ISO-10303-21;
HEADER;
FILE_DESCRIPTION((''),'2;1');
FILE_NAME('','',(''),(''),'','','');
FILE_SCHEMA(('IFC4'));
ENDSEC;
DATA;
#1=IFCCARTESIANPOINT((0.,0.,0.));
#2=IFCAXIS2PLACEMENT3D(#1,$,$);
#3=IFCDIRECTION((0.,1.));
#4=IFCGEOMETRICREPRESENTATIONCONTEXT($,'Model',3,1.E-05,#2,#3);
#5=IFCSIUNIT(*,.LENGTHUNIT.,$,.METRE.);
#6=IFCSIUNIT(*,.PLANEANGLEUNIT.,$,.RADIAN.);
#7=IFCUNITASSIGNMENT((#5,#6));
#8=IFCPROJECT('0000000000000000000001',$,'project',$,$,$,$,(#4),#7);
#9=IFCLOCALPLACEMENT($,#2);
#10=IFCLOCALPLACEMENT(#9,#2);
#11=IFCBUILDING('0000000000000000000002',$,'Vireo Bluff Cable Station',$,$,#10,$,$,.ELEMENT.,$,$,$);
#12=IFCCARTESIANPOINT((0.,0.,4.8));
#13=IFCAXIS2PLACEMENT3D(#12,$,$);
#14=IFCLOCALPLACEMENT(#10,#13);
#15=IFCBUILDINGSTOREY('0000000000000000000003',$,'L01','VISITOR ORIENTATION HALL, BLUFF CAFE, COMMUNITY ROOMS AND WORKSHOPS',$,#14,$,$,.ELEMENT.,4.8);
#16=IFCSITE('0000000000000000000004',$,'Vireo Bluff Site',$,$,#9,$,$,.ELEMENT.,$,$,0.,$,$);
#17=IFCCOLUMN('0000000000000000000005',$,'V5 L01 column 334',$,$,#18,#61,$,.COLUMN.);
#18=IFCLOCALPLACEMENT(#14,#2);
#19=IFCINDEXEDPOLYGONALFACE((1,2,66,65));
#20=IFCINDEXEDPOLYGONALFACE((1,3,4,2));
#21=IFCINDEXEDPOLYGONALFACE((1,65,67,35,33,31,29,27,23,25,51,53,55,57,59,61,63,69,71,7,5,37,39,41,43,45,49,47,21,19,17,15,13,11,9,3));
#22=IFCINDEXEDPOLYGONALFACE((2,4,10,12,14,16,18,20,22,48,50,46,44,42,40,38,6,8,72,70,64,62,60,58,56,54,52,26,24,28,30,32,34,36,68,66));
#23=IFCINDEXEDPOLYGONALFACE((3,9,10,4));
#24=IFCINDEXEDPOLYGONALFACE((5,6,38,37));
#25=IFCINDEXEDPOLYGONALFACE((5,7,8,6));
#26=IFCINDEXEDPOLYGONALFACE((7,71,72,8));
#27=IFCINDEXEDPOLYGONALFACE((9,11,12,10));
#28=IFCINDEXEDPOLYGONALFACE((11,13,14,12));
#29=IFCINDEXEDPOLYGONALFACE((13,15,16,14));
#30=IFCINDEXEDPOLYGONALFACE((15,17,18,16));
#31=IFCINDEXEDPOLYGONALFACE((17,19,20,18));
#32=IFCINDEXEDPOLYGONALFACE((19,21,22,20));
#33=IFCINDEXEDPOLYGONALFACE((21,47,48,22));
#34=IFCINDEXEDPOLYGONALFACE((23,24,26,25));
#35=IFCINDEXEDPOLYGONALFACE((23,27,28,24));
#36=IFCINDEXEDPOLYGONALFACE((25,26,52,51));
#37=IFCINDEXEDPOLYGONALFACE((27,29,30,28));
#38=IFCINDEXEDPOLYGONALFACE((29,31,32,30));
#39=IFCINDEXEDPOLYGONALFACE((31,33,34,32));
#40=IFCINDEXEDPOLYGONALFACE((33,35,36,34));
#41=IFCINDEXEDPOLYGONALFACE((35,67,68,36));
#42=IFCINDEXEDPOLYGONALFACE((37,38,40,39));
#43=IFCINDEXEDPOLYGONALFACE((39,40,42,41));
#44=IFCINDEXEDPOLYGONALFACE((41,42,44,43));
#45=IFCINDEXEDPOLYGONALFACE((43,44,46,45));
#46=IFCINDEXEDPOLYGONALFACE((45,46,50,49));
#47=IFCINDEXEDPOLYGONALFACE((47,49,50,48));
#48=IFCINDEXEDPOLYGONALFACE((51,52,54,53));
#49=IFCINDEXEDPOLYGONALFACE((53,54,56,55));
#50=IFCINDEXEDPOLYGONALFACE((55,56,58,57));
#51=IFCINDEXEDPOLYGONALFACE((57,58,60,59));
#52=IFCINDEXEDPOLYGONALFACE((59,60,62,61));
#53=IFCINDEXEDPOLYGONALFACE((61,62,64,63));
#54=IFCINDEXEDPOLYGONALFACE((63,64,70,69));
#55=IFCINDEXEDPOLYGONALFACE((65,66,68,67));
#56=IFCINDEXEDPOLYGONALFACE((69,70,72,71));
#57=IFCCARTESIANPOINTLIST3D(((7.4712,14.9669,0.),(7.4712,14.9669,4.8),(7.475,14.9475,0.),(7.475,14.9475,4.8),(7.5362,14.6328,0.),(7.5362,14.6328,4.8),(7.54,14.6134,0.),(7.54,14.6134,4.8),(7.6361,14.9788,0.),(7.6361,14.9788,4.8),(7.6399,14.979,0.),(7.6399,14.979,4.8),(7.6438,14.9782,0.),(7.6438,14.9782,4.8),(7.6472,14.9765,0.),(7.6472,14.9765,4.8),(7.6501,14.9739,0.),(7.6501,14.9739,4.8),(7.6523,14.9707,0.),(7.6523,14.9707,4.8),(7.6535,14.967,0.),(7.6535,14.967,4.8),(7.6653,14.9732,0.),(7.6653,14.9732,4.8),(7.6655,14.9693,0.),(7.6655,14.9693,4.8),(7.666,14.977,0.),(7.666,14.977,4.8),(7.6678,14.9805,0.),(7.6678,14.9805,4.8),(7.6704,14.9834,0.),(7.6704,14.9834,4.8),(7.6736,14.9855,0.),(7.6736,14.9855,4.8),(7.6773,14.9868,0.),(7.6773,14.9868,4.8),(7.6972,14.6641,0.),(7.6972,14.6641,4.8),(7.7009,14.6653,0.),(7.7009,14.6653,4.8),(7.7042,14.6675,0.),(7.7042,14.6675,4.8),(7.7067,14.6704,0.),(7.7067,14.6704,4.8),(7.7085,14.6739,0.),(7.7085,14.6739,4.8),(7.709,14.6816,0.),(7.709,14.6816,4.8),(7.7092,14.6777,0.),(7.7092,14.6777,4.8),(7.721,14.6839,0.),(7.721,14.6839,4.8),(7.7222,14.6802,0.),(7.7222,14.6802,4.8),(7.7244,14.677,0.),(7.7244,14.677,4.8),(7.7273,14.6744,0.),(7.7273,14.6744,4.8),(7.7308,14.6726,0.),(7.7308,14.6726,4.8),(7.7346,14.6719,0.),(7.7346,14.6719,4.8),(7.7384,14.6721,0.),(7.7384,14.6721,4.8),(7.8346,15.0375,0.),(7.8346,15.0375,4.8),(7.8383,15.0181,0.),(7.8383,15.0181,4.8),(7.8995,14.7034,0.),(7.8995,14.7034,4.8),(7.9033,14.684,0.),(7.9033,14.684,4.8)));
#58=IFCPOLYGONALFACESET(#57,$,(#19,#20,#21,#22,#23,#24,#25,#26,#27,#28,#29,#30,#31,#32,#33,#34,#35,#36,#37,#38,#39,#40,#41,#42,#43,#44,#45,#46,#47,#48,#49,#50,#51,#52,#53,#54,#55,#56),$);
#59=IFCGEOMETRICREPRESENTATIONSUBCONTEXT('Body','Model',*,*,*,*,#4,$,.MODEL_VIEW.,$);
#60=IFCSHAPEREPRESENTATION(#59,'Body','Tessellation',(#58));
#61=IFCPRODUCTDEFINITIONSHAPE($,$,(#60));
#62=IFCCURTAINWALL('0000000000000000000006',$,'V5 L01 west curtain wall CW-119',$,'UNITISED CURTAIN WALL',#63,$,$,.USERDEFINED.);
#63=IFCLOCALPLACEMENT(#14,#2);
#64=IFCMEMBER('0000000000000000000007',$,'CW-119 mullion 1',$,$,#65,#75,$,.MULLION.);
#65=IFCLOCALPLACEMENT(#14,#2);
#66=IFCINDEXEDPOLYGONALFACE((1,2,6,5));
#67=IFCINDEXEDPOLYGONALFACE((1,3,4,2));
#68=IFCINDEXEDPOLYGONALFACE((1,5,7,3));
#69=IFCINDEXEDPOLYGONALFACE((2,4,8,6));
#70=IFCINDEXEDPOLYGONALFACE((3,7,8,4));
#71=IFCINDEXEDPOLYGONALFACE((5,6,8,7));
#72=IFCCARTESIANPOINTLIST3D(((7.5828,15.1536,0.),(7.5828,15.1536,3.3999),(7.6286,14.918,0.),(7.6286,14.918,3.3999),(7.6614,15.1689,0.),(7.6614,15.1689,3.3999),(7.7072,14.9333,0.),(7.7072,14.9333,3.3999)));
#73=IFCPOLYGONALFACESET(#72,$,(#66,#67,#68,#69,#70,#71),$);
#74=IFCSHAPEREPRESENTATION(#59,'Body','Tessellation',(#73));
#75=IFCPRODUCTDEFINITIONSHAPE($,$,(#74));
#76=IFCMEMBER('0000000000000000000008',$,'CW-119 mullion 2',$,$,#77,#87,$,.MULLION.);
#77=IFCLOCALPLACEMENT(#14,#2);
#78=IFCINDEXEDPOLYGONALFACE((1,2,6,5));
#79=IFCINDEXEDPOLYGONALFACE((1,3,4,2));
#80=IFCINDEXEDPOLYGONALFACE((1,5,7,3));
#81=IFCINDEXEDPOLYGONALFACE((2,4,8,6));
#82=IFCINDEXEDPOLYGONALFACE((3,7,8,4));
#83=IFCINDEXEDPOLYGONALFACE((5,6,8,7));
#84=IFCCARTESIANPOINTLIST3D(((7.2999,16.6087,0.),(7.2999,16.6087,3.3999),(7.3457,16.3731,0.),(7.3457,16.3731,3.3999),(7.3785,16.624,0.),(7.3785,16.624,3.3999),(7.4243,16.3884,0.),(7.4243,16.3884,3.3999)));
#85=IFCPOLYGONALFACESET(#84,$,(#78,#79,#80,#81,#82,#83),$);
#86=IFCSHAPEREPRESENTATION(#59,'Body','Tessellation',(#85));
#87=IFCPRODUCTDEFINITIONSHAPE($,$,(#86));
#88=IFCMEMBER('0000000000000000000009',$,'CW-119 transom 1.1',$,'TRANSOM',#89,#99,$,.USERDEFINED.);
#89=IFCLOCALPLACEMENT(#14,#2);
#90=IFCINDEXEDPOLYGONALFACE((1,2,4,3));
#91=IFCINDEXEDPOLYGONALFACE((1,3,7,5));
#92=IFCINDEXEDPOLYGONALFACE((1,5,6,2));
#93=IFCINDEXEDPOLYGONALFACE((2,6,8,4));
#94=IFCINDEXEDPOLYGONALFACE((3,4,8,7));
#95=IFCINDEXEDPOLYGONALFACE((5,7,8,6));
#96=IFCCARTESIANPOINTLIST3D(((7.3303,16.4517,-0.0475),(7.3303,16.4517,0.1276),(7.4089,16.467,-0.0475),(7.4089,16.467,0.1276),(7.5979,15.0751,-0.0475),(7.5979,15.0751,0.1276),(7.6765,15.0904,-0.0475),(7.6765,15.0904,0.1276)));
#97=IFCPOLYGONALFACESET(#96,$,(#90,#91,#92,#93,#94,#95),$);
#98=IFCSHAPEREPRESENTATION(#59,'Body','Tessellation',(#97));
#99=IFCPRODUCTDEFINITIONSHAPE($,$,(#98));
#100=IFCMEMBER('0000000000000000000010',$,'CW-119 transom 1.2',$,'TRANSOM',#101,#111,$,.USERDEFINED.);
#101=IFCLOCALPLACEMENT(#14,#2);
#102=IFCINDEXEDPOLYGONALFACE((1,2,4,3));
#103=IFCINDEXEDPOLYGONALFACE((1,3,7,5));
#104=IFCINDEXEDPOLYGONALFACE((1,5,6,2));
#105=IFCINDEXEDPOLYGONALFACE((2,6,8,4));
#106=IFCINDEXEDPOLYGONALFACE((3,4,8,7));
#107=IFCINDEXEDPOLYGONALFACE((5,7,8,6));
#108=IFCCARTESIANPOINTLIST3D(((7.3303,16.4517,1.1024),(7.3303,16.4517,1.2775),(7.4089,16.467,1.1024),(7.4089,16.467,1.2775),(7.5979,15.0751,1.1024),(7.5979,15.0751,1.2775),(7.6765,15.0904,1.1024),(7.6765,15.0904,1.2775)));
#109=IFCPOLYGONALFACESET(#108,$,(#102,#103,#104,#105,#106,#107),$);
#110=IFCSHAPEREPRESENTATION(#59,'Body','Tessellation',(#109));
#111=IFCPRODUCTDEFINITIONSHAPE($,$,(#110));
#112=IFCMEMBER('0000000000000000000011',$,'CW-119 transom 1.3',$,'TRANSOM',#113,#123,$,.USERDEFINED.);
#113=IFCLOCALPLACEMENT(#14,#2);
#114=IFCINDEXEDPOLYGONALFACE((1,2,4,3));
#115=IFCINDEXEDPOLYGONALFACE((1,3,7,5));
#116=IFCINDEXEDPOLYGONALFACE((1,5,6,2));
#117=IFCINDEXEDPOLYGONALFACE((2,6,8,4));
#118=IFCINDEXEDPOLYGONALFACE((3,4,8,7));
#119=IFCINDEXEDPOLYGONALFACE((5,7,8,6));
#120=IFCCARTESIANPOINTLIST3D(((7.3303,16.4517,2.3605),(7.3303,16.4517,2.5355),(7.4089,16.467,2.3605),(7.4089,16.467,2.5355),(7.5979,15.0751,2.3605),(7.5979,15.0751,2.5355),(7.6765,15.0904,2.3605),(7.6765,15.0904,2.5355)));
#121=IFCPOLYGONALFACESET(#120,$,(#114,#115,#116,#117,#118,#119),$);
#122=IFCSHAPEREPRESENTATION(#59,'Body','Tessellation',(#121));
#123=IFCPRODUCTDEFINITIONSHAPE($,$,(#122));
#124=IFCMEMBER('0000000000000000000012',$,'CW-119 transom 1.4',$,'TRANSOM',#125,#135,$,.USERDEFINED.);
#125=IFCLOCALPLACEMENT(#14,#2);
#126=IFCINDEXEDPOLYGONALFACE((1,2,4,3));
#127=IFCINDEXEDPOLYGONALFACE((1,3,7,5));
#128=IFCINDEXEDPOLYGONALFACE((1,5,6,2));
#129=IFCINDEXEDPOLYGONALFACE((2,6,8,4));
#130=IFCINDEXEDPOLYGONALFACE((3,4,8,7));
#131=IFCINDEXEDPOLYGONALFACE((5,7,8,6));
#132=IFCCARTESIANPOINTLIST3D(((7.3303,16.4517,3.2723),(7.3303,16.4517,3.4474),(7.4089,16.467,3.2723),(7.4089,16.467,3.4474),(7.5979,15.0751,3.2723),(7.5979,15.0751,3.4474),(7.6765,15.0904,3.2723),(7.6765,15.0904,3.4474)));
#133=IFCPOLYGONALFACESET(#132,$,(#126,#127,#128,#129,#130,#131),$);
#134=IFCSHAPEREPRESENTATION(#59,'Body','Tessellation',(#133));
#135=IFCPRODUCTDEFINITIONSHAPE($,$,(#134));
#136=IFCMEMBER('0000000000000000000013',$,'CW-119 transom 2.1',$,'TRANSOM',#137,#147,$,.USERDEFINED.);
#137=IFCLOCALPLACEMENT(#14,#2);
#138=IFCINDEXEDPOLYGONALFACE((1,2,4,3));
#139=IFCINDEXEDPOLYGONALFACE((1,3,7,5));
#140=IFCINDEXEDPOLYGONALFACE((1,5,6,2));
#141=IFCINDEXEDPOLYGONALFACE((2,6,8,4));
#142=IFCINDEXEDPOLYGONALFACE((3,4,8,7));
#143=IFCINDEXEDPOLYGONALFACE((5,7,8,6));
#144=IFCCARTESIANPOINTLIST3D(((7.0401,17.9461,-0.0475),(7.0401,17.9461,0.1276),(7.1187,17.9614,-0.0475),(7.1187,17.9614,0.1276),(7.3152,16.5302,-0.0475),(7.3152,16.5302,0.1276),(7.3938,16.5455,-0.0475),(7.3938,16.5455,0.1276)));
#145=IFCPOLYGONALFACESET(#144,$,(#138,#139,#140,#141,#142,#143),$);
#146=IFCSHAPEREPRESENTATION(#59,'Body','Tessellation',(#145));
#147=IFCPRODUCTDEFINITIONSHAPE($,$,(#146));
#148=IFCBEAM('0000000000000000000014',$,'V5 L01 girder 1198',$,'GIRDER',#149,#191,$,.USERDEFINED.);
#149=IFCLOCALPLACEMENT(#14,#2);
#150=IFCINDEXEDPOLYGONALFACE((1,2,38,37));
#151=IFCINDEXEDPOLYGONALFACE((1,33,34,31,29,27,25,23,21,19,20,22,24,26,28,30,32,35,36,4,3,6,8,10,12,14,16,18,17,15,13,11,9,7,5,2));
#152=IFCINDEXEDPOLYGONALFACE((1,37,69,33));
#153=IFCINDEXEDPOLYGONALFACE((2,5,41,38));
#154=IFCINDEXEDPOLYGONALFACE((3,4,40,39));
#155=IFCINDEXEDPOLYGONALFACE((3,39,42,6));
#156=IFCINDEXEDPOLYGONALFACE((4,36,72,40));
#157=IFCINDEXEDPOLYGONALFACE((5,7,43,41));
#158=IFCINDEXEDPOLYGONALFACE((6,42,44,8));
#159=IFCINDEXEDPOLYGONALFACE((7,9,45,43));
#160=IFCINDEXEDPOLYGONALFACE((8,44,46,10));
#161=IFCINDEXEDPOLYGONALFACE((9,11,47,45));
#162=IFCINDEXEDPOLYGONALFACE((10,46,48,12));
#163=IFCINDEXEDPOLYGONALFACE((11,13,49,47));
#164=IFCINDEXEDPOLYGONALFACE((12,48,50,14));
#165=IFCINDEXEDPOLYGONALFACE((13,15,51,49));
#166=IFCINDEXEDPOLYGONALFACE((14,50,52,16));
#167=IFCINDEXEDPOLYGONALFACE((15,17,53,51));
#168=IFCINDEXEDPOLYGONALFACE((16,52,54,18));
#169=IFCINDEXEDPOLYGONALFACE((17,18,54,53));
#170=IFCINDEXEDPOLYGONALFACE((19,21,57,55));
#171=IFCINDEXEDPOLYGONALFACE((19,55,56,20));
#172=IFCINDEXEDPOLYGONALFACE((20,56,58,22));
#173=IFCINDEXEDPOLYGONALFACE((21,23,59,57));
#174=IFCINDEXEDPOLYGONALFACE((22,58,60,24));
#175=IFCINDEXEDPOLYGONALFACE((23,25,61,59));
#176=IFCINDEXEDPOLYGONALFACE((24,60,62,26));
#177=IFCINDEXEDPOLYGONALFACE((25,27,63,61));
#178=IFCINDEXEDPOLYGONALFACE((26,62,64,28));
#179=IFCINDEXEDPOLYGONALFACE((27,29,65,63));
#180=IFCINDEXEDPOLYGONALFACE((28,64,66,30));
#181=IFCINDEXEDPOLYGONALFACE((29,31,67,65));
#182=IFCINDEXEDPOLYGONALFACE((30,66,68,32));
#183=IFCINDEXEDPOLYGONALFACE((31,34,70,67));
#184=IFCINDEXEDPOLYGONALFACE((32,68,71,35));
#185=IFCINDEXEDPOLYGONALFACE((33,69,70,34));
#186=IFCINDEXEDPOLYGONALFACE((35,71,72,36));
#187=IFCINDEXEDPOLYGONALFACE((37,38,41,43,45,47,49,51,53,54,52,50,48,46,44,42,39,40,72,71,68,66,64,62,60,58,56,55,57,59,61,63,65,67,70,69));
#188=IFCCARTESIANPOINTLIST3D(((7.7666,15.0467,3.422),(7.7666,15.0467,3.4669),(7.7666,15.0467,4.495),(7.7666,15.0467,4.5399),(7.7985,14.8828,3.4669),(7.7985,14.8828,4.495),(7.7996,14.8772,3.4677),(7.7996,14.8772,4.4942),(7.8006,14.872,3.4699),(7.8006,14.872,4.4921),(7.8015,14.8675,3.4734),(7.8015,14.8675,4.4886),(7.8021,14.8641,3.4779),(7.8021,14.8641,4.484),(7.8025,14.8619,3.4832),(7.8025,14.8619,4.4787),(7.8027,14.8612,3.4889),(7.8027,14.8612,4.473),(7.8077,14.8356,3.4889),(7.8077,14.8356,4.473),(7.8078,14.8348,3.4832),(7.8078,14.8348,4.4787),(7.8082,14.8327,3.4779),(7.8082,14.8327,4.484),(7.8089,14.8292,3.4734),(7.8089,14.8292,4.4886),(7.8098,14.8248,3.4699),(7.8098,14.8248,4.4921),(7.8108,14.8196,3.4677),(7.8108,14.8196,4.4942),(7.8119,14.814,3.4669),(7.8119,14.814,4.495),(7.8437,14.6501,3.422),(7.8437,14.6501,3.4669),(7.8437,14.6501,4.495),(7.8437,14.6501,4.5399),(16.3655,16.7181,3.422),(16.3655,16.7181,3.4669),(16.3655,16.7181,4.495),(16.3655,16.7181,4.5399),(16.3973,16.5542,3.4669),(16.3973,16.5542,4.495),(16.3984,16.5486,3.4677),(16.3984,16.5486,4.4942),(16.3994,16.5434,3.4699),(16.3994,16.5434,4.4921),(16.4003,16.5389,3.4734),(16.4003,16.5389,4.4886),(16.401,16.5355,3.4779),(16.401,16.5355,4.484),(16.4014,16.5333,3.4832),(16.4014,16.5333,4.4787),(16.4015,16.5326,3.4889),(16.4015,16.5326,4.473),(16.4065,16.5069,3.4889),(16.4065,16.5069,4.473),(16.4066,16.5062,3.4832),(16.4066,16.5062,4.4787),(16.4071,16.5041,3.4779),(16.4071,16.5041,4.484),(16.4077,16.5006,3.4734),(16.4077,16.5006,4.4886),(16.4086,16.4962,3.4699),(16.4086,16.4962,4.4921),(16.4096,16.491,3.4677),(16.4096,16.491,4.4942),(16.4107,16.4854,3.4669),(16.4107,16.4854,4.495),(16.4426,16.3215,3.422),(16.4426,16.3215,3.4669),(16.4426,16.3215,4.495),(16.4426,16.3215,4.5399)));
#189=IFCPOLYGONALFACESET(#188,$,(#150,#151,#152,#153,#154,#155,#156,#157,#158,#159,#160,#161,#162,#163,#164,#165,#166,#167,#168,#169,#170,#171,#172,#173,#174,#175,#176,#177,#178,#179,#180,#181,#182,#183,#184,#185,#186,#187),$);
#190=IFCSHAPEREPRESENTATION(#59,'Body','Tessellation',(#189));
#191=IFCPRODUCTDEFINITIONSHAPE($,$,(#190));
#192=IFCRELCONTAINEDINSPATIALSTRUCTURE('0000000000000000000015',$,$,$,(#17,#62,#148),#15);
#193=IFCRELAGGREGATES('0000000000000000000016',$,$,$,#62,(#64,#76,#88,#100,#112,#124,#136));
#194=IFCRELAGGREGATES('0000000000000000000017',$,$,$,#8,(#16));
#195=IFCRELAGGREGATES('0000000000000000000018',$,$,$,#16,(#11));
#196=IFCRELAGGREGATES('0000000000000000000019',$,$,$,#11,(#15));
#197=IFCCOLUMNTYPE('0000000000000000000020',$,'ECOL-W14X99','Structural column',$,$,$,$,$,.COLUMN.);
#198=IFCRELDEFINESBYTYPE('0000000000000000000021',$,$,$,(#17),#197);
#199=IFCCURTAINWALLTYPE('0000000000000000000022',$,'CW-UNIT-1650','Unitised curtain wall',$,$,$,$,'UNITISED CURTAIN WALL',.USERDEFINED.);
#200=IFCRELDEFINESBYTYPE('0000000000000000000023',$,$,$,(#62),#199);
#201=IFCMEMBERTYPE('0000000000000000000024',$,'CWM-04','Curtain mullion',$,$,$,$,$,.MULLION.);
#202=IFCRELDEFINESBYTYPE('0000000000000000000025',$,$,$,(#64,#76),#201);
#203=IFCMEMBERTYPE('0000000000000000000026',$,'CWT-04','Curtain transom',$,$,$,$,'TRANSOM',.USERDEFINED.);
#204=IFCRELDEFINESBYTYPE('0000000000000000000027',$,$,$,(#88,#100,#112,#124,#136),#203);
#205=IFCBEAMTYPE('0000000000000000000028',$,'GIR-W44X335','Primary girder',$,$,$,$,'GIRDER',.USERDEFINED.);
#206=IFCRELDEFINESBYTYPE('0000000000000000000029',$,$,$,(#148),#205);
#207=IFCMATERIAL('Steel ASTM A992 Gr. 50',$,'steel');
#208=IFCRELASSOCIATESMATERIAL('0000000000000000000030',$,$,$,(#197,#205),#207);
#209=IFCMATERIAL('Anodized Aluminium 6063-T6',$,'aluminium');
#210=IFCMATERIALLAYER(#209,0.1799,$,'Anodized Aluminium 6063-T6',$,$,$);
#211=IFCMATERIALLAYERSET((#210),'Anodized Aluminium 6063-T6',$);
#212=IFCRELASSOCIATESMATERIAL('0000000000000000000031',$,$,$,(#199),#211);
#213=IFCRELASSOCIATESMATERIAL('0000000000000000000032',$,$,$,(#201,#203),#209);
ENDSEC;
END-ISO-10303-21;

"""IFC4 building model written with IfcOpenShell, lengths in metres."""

from ifc_helpers import new_model, si_unit, direction, frame, origin, origin_2d, place, context, subcontext, project, spatial, rectangle, i_section, extrude, material, layer, layer_set, material_profile, profile_set, type_object, element, aggregate, save


model = new_model("IFC4")

# Units and contexts
model_context = context("Model", 3, precision=1e-05, world=origin(), true_north=direction((0.0, 1.0)))
body_context = subcontext(model_context, "Body", "Model", "MODEL_VIEW")
ifc_project = project(units=[si_unit("LENGTHUNIT", "METRE"), si_unit("PLANEANGLEUNIT", "RADIAN")], contexts=[model_context])

# Site, building, storey
site_placement = place(None, origin())
site = spatial("IfcSite", under=ifc_project, at=site_placement, Name="Vireo Bluff Site", CompositionType="ELEMENT", RefElevation=0.0)
building_placement = place(site_placement, origin())
building = spatial("IfcBuilding", under=site, at=building_placement, Name="Vireo Bluff Cable Station", CompositionType="ELEMENT")
storey_placement = place(building_placement, frame((0.0, 0.0, 4.8)))
storey = spatial("IfcBuildingStorey", under=building, at=storey_placement, Name="L01", Description="VISITOR ORIENTATION HALL, BLUFF CAFE, COMMUNITY ROOMS AND WORKSHOPS", CompositionType="ELEMENT", Elevation=4.8)

# Column
ifc_material_1 = material(Name="Steel ASTM A992 Gr. 50", Category="steel")
ifc_material_profile_1 = material_profile(ifc_material_1, i_section(OverallWidth=0.3701, OverallDepth=0.3601, WebThickness=0.0122, FlangeThickness=0.0198, FilletRadius=0.0149, at=origin_2d()), Name="W14X99")
ifc_profile_set_1 = profile_set([ifc_material_profile_1], Name="Steel ASTM A992 Gr. 50")
column_type = type_object("IfcColumnType", Name="ECOL-W14X99", Description="Structural column", PredefinedType="COLUMN", material=ifc_profile_set_1)
column_placement = place(storey_placement, frame((7.6873, 14.8254, 0.0), z_axis=(0.0, 0.0, 1.0), x_axis=(0.981627, 0.190809, 0.0)))
element("IfcColumn", 1, at=column_placement, inside=storey, type_object=column_type, Name="V5 L01 column 334", PredefinedType="COLUMN", context=body_context, shape_type="SweptSolid", body=[
    extrude(i_section(OverallWidth=0.3701, OverallDepth=0.3601, WebThickness=0.0122, FlangeThickness=0.0198, FilletRadius=0.0149, at=origin_2d()), origin(), (0.0, 0.0, 1.0), 4.8),
])

# Curtain wall, members
ifc_material_2 = material(Name="Anodized Aluminium 6063-T6", Category="aluminium")
ifc_layer_1 = layer(ifc_material_2, 0.1799, Name="Anodized Aluminium 6063-T6")
ifc_layer_set_1 = layer_set([ifc_layer_1], Name="Anodized Aluminium 6063-T6")
curtain_wall_type = type_object("IfcCurtainWallType", Name="CW-UNIT-1650", Description="Unitised curtain wall", ElementType="UNITISED CURTAIN WALL", PredefinedType="USERDEFINED", material=ifc_layer_set_1)
curtain_wall_placement = place(storey_placement, origin())
curtain_wall = element("IfcCurtainWall", 2, at=curtain_wall_placement, inside=storey, type_object=curtain_wall_type, Name="V5 L01 west curtain wall CW-119", ObjectType="UNITISED CURTAIN WALL", PredefinedType="USERDEFINED")
ifc_material_profile_2 = material_profile(ifc_material_2, rectangle(XDim=0.0801, YDim=0.24, at=origin_2d()), Name="ALU-M-80X240")
ifc_profile_set_2 = profile_set([ifc_material_profile_2], Name="Anodized Aluminium 6063-T6")
member_type_1 = type_object("IfcMemberType", Name="CWM-04", Description="Curtain mullion", PredefinedType="MULLION", material=ifc_profile_set_2)
member_1_placement = place(storey_placement, frame((7.645, 15.0435, 0.0), z_axis=(0.0, 0.0, 1.0), x_axis=(-0.981627, -0.190809, 0.0)))
member_1 = element("IfcMember", 3, at=member_1_placement, type_object=member_type_1, Name="CW-119 mullion 1", PredefinedType="MULLION", context=body_context, shape_type="SweptSolid", body=[
    extrude(rectangle(XDim=0.0801, YDim=0.24, at=origin_2d()), origin(), (0.0, 0.0, 1.0), 3.3999),
])
member_2_placement = place(storey_placement, frame((7.3621, 16.4985, 0.0), z_axis=(0.0, 0.0, 1.0), x_axis=(-0.981627, -0.190809, 0.0)))
member_2 = element("IfcMember", 4, at=member_2_placement, type_object=member_type_1, Name="CW-119 mullion 2", PredefinedType="MULLION", context=body_context, shape_type="SweptSolid", body=[
    extrude(rectangle(XDim=0.0801, YDim=0.24, at=origin_2d()), origin(), (0.0, 0.0, 1.0), 3.3999),
])
ifc_material_profile_3 = material_profile(ifc_material_2, rectangle(XDim=0.0801, YDim=0.175, at=origin_2d()), Name="ALU-T-80X175")
ifc_profile_set_3 = profile_set([ifc_material_profile_3], Name="Anodized Aluminium 6063-T6")
member_type_2 = type_object("IfcMemberType", Name="CWT-04", Description="Curtain transom", ElementType="TRANSOM", PredefinedType="USERDEFINED", material=ifc_profile_set_3)
member_3_placement = place(storey_placement, frame((7.6372, 15.0828, 0.04), z_axis=(-0.190823, 0.981624, 0.0), x_axis=(-0.981624, -0.190823, 0.0)))
member_3 = element("IfcMember", 5, at=member_3_placement, type_object=member_type_2, Name="CW-119 transom 1.1", ObjectType="TRANSOM", PredefinedType="USERDEFINED", context=body_context, shape_type="SweptSolid", body=[
    extrude(rectangle(XDim=0.0801, YDim=0.175, at=origin_2d()), origin(), (0.0, 0.0, 1.0), 1.4023),
])
member_4_placement = place(storey_placement, frame((7.6372, 15.0828, 1.1899), z_axis=(-0.190823, 0.981624, 0.0), x_axis=(-0.981624, -0.190823, 0.0)))
member_4 = element("IfcMember", 6, at=member_4_placement, type_object=member_type_2, Name="CW-119 transom 1.2", ObjectType="TRANSOM", PredefinedType="USERDEFINED", context=body_context, shape_type="SweptSolid", body=[
    extrude(rectangle(XDim=0.0801, YDim=0.175, at=origin_2d()), origin(), (0.0, 0.0, 1.0), 1.4023),
])
member_5_placement = place(storey_placement, frame((7.6372, 15.0828, 2.448), z_axis=(-0.190823, 0.981624, 0.0), x_axis=(-0.981624, -0.190823, 0.0)))
member_5 = element("IfcMember", 7, at=member_5_placement, type_object=member_type_2, Name="CW-119 transom 1.3", ObjectType="TRANSOM", PredefinedType="USERDEFINED", context=body_context, shape_type="SweptSolid", body=[
    extrude(rectangle(XDim=0.0801, YDim=0.175, at=origin_2d()), origin(), (0.0, 0.0, 1.0), 1.4023),
])
member_6_placement = place(storey_placement, frame((7.6372, 15.0828, 3.3599), z_axis=(-0.190823, 0.981624, 0.0), x_axis=(-0.981624, -0.190823, 0.0)))
member_6 = element("IfcMember", 8, at=member_6_placement, type_object=member_type_2, Name="CW-119 transom 1.4", ObjectType="TRANSOM", PredefinedType="USERDEFINED", context=body_context, shape_type="SweptSolid", body=[
    extrude(rectangle(XDim=0.0801, YDim=0.175, at=origin_2d()), origin(), (0.0, 0.0, 1.0), 1.4023),
])
member_7_placement = place(storey_placement, frame((7.3545, 16.5378, 0.04), z_axis=(-0.190743, 0.98164, 0.0), x_axis=(-0.98164, -0.190743, 0.0)))
member_7 = element("IfcMember", 9, at=member_7_placement, type_object=member_type_2, Name="CW-119 transom 2.1", ObjectType="TRANSOM", PredefinedType="USERDEFINED", context=body_context, shape_type="SweptSolid", body=[
    extrude(rectangle(XDim=0.0801, YDim=0.175, at=origin_2d()), origin(), (0.0, 0.0, 1.0), 1.4424),
])

# Beam
ifc_material_profile_4 = material_profile(ifc_material_1, i_section(OverallWidth=0.4041, OverallDepth=1.1179, WebThickness=0.0261, FlangeThickness=0.0449, FilletRadius=0.022, at=origin_2d()), Name="W44X335")
ifc_profile_set_4 = profile_set([ifc_material_profile_4], Name="Steel ASTM A992 Gr. 50")
beam_type_1 = type_object("IfcBeamType", Name="GIR-W44X335", Description="Primary girder", ElementType="GIRDER", PredefinedType="USERDEFINED", material=ifc_profile_set_4)
beam_1_placement = place(storey_placement, frame((7.8052, 14.8484, 3.981), z_axis=(0.981629, 0.190802, 0.0), x_axis=(-0.190802, 0.981629, 0.0)))
element("IfcBeam", 10, at=beam_1_placement, inside=storey, type_object=beam_type_1, Name="V5 L01 girder 1198", ObjectType="GIRDER", PredefinedType="USERDEFINED", context=body_context, shape_type="SweptSolid", body=[
    extrude(i_section(OverallWidth=0.4041, OverallDepth=1.1179, WebThickness=0.0261, FlangeThickness=0.0449, FilletRadius=0.022, at=origin_2d()), origin(), (0.0, 0.0, 1.0), 8.7598),
])

aggregate(curtain_wall, [member_1, member_2, member_3, member_4, member_5, member_6, member_7])

save(model, "model.ifc")
